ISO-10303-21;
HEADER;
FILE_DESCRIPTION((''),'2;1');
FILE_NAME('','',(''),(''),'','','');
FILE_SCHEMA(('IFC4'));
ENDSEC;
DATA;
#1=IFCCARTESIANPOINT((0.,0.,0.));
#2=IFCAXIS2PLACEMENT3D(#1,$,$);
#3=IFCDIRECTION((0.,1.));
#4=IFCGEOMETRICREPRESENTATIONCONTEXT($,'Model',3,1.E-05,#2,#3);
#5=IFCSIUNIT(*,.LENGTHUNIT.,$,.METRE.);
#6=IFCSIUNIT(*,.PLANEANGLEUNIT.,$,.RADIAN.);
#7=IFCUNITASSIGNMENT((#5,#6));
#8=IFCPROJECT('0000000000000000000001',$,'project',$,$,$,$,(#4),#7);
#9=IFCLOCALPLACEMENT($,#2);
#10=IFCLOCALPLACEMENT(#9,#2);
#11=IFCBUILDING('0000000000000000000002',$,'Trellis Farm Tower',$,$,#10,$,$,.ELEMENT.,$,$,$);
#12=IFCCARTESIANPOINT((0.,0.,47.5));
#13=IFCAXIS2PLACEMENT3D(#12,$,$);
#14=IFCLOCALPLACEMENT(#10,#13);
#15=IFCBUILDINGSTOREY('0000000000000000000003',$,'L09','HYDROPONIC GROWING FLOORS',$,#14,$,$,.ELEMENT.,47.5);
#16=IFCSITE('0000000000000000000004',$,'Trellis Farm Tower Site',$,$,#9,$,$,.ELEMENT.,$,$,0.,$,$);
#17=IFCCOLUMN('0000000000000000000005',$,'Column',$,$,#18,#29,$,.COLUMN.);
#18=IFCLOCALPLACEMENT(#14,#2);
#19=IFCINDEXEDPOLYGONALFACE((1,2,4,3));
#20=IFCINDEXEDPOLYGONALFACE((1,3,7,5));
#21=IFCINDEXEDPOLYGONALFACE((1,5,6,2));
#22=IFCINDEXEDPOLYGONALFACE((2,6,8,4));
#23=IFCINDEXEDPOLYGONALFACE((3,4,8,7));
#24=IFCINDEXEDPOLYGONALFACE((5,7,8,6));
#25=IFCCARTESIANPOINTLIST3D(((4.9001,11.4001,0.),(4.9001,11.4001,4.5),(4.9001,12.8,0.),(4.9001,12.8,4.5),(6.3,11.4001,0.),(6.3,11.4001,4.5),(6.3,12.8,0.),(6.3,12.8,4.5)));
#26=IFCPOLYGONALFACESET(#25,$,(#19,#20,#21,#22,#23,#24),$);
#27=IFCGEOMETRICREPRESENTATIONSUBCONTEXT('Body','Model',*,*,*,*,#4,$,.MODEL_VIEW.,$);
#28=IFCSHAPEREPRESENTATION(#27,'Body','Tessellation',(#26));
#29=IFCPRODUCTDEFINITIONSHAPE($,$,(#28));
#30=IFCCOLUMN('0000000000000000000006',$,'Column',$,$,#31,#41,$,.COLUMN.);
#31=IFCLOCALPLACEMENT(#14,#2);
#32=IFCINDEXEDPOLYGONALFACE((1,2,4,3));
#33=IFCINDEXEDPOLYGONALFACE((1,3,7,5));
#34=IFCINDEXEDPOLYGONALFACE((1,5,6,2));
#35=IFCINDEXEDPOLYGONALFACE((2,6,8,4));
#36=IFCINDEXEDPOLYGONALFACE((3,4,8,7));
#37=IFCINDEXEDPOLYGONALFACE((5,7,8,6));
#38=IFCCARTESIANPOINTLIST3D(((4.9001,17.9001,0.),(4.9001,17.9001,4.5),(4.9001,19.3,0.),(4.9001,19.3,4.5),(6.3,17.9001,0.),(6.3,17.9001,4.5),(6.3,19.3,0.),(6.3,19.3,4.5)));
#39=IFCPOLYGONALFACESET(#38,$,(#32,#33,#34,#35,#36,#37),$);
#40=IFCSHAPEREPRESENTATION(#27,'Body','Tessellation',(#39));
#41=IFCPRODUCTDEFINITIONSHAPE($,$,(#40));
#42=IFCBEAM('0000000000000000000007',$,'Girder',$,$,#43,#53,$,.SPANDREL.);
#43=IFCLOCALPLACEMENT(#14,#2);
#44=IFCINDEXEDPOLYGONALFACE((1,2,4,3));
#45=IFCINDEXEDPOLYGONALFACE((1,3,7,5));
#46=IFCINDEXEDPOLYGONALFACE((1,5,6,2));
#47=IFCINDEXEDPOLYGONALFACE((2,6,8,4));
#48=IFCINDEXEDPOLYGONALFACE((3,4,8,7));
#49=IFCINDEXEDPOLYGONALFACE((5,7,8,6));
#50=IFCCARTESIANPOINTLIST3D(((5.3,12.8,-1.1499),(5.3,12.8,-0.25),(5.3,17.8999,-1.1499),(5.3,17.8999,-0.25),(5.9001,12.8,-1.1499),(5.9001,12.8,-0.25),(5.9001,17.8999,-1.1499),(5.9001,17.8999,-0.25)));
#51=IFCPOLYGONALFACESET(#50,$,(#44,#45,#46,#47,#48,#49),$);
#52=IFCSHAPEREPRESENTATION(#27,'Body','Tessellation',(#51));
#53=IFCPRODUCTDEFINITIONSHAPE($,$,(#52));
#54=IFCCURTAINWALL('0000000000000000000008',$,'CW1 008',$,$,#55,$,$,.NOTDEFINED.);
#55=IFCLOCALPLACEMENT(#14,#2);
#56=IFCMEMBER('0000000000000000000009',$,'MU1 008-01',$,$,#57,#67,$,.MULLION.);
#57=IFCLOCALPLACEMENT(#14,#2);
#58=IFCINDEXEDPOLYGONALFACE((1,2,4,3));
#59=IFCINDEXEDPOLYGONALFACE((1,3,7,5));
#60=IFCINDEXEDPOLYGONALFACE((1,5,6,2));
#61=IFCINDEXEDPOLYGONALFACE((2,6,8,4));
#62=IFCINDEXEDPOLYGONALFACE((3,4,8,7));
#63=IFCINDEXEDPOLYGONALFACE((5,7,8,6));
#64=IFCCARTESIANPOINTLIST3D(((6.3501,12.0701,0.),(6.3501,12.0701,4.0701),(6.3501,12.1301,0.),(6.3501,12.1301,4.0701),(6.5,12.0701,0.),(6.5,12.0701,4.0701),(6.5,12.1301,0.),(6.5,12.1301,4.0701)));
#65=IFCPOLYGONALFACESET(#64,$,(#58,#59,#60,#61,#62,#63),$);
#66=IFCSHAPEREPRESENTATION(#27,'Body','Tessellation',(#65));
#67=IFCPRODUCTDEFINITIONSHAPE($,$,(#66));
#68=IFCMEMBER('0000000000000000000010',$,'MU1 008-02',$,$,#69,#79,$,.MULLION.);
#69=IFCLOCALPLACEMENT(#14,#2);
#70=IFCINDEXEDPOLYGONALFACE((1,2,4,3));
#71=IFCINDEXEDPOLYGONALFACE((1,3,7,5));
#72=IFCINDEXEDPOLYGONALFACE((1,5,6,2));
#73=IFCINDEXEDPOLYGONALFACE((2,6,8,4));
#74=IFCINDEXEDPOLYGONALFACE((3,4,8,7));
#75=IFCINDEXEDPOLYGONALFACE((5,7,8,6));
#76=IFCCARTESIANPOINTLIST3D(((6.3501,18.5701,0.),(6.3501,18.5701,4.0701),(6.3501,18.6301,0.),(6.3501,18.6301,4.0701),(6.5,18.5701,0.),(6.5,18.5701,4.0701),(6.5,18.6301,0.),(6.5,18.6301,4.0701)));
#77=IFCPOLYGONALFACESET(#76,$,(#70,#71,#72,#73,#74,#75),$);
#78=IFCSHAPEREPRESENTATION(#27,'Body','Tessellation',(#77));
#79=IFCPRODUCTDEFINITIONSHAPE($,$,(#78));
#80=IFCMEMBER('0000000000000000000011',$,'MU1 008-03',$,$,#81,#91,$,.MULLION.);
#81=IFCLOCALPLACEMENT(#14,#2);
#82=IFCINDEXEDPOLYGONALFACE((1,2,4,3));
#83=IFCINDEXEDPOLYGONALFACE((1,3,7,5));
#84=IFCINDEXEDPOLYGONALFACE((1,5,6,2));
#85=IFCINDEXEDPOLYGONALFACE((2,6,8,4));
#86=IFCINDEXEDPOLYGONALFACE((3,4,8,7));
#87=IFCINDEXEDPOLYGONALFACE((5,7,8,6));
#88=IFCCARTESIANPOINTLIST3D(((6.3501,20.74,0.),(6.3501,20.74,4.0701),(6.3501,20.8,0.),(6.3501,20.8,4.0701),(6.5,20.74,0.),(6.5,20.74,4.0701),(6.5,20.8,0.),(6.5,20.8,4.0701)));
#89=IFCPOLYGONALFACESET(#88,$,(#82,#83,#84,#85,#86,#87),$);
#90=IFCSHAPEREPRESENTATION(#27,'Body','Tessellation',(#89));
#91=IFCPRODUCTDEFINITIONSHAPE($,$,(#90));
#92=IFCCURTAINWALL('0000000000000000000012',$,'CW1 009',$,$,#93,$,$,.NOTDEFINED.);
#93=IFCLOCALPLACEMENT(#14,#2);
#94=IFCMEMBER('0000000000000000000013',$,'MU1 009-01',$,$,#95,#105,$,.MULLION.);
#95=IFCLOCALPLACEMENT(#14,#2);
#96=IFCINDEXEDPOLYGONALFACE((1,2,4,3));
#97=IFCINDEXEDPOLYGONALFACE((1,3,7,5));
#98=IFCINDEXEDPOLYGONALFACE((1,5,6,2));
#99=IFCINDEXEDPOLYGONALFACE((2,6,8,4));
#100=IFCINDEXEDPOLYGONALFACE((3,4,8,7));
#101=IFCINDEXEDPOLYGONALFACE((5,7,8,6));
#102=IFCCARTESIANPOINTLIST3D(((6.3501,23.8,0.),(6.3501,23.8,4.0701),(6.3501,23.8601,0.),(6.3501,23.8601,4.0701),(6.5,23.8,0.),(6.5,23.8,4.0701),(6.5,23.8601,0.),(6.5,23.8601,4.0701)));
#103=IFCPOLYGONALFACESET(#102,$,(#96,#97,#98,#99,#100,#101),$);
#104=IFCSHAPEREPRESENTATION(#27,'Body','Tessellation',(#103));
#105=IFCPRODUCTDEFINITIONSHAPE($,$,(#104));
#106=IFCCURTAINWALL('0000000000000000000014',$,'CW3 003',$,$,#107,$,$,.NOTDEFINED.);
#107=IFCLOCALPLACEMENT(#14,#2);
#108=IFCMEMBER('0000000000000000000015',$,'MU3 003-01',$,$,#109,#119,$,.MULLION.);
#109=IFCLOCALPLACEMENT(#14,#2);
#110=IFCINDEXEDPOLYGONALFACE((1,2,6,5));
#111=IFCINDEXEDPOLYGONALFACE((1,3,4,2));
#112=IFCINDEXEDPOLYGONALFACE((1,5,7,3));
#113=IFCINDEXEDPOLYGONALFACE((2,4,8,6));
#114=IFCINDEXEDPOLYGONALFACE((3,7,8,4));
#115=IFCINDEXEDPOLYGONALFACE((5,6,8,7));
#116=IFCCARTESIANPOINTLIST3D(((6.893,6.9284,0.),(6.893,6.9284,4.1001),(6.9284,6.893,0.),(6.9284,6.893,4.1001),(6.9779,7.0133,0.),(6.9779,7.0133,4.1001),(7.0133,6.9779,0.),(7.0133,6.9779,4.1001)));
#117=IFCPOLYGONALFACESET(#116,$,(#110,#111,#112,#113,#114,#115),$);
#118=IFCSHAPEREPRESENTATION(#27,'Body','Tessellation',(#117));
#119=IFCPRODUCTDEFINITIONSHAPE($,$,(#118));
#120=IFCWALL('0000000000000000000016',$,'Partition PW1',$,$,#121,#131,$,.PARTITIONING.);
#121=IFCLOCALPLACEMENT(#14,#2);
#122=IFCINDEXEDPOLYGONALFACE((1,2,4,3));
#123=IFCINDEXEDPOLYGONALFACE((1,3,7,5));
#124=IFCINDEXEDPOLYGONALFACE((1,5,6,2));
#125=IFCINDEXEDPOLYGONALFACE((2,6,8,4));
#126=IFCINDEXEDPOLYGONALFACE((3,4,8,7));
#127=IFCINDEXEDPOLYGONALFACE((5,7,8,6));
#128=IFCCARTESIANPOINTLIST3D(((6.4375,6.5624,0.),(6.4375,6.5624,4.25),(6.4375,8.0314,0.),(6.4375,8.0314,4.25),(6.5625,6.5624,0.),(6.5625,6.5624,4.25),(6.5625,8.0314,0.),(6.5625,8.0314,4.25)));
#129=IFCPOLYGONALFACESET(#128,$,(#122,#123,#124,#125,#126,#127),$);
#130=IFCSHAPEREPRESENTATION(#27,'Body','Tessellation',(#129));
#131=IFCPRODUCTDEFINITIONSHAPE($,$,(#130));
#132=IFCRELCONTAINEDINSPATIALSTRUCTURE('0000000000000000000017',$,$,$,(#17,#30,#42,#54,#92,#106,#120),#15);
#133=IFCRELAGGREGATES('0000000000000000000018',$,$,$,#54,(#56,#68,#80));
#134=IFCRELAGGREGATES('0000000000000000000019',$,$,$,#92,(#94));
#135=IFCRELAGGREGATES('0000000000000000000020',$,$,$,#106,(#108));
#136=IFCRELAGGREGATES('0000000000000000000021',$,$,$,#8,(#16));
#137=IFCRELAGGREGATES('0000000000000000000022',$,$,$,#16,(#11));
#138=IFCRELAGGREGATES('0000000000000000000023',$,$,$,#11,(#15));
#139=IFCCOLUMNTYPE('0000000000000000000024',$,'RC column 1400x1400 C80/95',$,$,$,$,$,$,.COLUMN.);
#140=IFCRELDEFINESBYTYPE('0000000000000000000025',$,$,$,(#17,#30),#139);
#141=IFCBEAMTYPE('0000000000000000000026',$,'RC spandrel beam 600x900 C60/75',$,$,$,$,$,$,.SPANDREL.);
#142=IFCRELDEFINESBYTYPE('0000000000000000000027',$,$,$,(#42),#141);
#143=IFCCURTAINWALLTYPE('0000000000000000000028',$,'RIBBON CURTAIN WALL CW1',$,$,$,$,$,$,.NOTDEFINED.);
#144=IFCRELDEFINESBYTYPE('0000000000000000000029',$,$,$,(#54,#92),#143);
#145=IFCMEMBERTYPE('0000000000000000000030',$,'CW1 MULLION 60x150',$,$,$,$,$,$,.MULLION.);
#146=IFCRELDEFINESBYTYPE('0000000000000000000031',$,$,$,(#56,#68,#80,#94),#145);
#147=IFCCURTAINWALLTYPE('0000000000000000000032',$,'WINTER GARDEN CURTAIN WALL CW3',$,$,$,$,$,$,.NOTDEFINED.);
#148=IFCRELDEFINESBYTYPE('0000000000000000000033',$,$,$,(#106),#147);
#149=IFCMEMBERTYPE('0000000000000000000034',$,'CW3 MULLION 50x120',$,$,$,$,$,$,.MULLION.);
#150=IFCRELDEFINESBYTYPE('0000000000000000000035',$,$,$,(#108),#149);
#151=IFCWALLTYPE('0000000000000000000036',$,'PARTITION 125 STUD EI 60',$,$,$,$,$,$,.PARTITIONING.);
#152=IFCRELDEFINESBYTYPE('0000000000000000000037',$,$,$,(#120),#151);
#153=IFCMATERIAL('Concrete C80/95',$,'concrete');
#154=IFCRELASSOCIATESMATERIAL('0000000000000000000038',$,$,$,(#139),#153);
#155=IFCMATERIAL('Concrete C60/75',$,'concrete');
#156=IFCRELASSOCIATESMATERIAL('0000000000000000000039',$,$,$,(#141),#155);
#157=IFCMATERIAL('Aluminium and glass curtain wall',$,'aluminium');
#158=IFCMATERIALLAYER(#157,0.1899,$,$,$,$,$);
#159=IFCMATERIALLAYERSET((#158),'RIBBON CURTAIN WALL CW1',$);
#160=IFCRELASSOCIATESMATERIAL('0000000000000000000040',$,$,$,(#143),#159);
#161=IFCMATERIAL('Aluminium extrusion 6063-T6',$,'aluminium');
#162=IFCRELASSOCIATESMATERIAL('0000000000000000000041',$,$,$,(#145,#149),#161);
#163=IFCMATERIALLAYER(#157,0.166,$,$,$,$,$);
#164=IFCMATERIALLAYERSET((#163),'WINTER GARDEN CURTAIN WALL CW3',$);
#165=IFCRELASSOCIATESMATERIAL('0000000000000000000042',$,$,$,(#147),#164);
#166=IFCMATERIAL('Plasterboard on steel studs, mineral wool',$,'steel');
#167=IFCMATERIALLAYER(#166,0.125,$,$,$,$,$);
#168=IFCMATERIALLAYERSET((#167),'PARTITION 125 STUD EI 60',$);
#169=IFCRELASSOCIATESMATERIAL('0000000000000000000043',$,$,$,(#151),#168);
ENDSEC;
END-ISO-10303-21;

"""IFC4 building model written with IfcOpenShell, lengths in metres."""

from ifc_helpers import new_model, si_unit, direction, frame, frame_2d, origin, origin_2d, place, context, subcontext, project, spatial, rectangle, extrude, source, transform, mapped, material, layer, layer_set, material_profile, profile_set, type_object, element, aggregate, save


model = new_model("IFC4")

# Units and contexts
model_context = context("Model", 3, precision=1e-05, world=origin(), true_north=direction((0.0, 1.0)))
body_context = subcontext(model_context, "Body", "Model", "MODEL_VIEW")
ifc_project = project(units=[si_unit("LENGTHUNIT", "METRE"), si_unit("PLANEANGLEUNIT", "RADIAN")], contexts=[model_context])

# Site, building, storey
site_placement = place(None, origin())
site = spatial("IfcSite", under=ifc_project, at=site_placement, Name="Trellis Farm Tower Site", CompositionType="ELEMENT", RefElevation=0.0)
building_placement = place(site_placement, origin())
building = spatial("IfcBuilding", under=site, at=building_placement, Name="Trellis Farm Tower", CompositionType="ELEMENT")
storey_placement = place(building_placement, frame((0.0, 0.0, 47.5)))
storey = spatial("IfcBuildingStorey", under=building, at=storey_placement, Name="L09", Description="HYDROPONIC GROWING FLOORS", CompositionType="ELEMENT", Elevation=47.5)

# Columns
ifc_material_1 = material(Name="Concrete C80/95", Category="concrete")
ifc_material_profile_1 = material_profile(ifc_material_1, rectangle(XDim=1.3999, YDim=1.3999, at=origin_2d()), Name="RC column 1400x1400 C80/95")
ifc_profile_set_1 = profile_set([ifc_material_profile_1], Name="Concrete C80/95")
column_type = type_object("IfcColumnType", Name="RC column 1400x1400 C80/95", PredefinedType="COLUMN", material=ifc_profile_set_1)
shared_shape_1 = source(origin(), body_context, "Body", "SweptSolid", [
    extrude(rectangle(XDim=1.3999, YDim=1.3999, at=origin_2d()), origin(), (0.0, 0.0, 1.0), 4.5),
])
for number, where, z_axis, x_axis, name in (
    (1, (5.6001, 12.1001, 0.0), (0.0, 0.0, 1.0), (1.0, 0.0, 0.0), "Column"),
    (2, (5.6001, 18.6001, 0.0), (0.0, 0.0, 1.0), (1.0, 0.0, 0.0), "Column"),
):
    element("IfcColumn", number, at=place(storey_placement, frame(where, z_axis=z_axis, x_axis=x_axis)), inside=storey, type_object=column_type, Name=name, PredefinedType="COLUMN", context=body_context, shape_type="MappedRepresentation", body=[
        mapped(shared_shape_1, transform((0.0, 0.0, 0.0))),
    ])

# Beam
ifc_material_2 = material(Name="Concrete C60/75", Category="concrete")
ifc_material_profile_2 = material_profile(ifc_material_2, rectangle(XDim=0.6001, YDim=0.8999, at=origin_2d()), Name="RC spandrel beam 600x900 C60/75")
ifc_profile_set_2 = profile_set([ifc_material_profile_2], Name="Concrete C60/75")
beam_type = type_object("IfcBeamType", Name="RC spandrel beam 600x900 C60/75", PredefinedType="SPANDREL", material=ifc_profile_set_2)
shared_shape_2 = source(origin(), body_context, "Body", "SweptSolid", [
    extrude(rectangle(XDim=0.6001, YDim=0.8999, at=origin_2d()), origin(), (0.0, 0.0, 1.0), 5.0999),
])
beam_placement = place(storey_placement, frame((5.6001, 12.8, -0.7), z_axis=(0.0, 1.0, 0.0), x_axis=(-1.0, 0.0, 0.0)))
element("IfcBeam", 3, at=beam_placement, inside=storey, type_object=beam_type, Name="Girder", PredefinedType="SPANDREL", context=body_context, shape_type="MappedRepresentation", body=[
    mapped(shared_shape_2, transform((0.0, 0.0, 0.0))),
])

# Curtain wall, members
ifc_material_3 = material(Name="Aluminium and glass curtain wall", Category="aluminium")
ifc_layer_1 = layer(ifc_material_3, 0.1899)
ifc_layer_set_1 = layer_set([ifc_layer_1], Name="RIBBON CURTAIN WALL CW1")
curtain_wall_type_1 = type_object("IfcCurtainWallType", Name="RIBBON CURTAIN WALL CW1", PredefinedType="NOTDEFINED", material=ifc_layer_set_1)
placement = place(storey_placement, origin())
curtain_wall_1 = element("IfcCurtainWall", 4, at=placement, inside=storey, type_object=curtain_wall_type_1, Name="CW1 008", PredefinedType="NOTDEFINED")
ifc_material_4 = material(Name="Aluminium extrusion 6063-T6", Category="aluminium")
ifc_material_profile_3 = material_profile(ifc_material_4, rectangle(XDim=0.0601, YDim=0.1499, at=origin_2d()), Name="MULLION 60x150")
ifc_profile_set_3 = profile_set([ifc_material_profile_3], Name="Aluminium extrusion 6063-T6")
member_type_1 = type_object("IfcMemberType", Name="CW1 MULLION 60x150", PredefinedType="MULLION", material=ifc_profile_set_3)
shared_shape_3 = source(origin(), body_context, "Body", "SweptSolid", [
    extrude(rectangle(XDim=0.0601, YDim=0.1499, at=origin_2d()), origin(), (0.0, 0.0, 1.0), 4.0701),
])
member_1_placement = place(storey_placement, frame((6.425, 12.1001, 0.0), z_axis=(0.0, 0.0, 1.0), x_axis=(0.0, 1.0, 0.0)))
member_1 = element("IfcMember", 5, at=member_1_placement, type_object=member_type_1, Name="MU1 008-01", PredefinedType="MULLION", context=body_context, shape_type="MappedRepresentation", body=[
    mapped(shared_shape_3, transform((0.0, 0.0, 0.0))),
])
member_2_placement = place(storey_placement, frame((6.425, 18.6001, 0.0), z_axis=(0.0, 0.0, 1.0), x_axis=(0.0, 1.0, 0.0)))
member_2 = element("IfcMember", 6, at=member_2_placement, type_object=member_type_1, Name="MU1 008-02", PredefinedType="MULLION", context=body_context, shape_type="MappedRepresentation", body=[
    mapped(shared_shape_3, transform((0.0, 0.0, 0.0))),
])
member_3_placement = place(storey_placement, frame((6.425, 20.77, 0.0), z_axis=(0.0, 0.0, 1.0), x_axis=(0.0, 1.0, 0.0)))
member_3 = element("IfcMember", 7, at=member_3_placement, type_object=member_type_1, Name="MU1 008-03", PredefinedType="MULLION", context=body_context, shape_type="MappedRepresentation", body=[
    mapped(shared_shape_3, transform((0.0, 0.0, 0.0))),
])
aggregate(curtain_wall_1, [member_1, member_2, member_3])

# Curtain walls, members
curtain_wall_2 = element("IfcCurtainWall", 8, at=placement, inside=storey, type_object=curtain_wall_type_1, Name="CW1 009", PredefinedType="NOTDEFINED")
member_4_placement = place(storey_placement, frame((6.425, 23.8301, 0.0), z_axis=(0.0, 0.0, 1.0), x_axis=(0.0, 1.0, 0.0)))
member_4 = element("IfcMember", 9, at=member_4_placement, type_object=member_type_1, Name="MU1 009-01", PredefinedType="MULLION", context=body_context, shape_type="MappedRepresentation", body=[
    mapped(shared_shape_3, transform((0.0, 0.0, 0.0))),
])
aggregate(curtain_wall_2, [member_4])
ifc_layer_2 = layer(ifc_material_3, 0.166)
ifc_layer_set_2 = layer_set([ifc_layer_2], Name="WINTER GARDEN CURTAIN WALL CW3")
curtain_wall_type_2 = type_object("IfcCurtainWallType", Name="WINTER GARDEN CURTAIN WALL CW3", PredefinedType="NOTDEFINED", material=ifc_layer_set_2)
curtain_wall_3 = element("IfcCurtainWall", 10, at=placement, inside=storey, type_object=curtain_wall_type_2, Name="CW3 003", PredefinedType="NOTDEFINED")
ifc_material_profile_4 = material_profile(ifc_material_4, rectangle(XDim=0.05, YDim=0.1201, at=origin_2d()), Name="MULLION 50x120")
ifc_profile_set_4 = profile_set([ifc_material_profile_4], Name="Aluminium extrusion 6063-T6")
member_type_2 = type_object("IfcMemberType", Name="CW3 MULLION 50x120", PredefinedType="MULLION", material=ifc_profile_set_4)
shared_shape_4 = source(origin(), body_context, "Body", "SweptSolid", [
    extrude(rectangle(XDim=0.05, YDim=0.1201, at=origin_2d()), origin(), (0.0, 0.0, 1.0), 4.1001),
])
member_5_placement = place(storey_placement, frame((6.9531, 6.9531, 0.0), z_axis=(0.0, 0.0, 1.0), x_axis=(-0.707107, 0.707107, 0.0)))
member_5 = element("IfcMember", 11, at=member_5_placement, type_object=member_type_2, Name="MU3 003-01", PredefinedType="MULLION", context=body_context, shape_type="MappedRepresentation", body=[
    mapped(shared_shape_4, transform((0.0, 0.0, 0.0))),
])
aggregate(curtain_wall_3, [member_5])

# Wall
ifc_material_5 = material(Name="Plasterboard on steel studs, mineral wool", Category="steel")
ifc_layer_3 = layer(ifc_material_5, 0.125)
ifc_layer_set_3 = layer_set([ifc_layer_3], Name="PARTITION 125 STUD EI 60")
wall_type_1 = type_object("IfcWallType", Name="PARTITION 125 STUD EI 60", PredefinedType="PARTITIONING", material=ifc_layer_set_3)
shared_shape_5 = source(origin(), body_context, "Body", "SweptSolid", [
    extrude(rectangle(XDim=1.469, YDim=0.125, at=frame_2d((0.7344, 0.0))), origin(), (0.0, 0.0, 1.0), 4.25),
])
wall_1_placement = place(storey_placement, frame((6.5, 6.5625, 0.0), z_axis=(0.0, 0.0, 1.0), x_axis=(0.0, 1.0, 0.0)))
element("IfcWall", 12, at=wall_1_placement, inside=storey, type_object=wall_type_1, Name="Partition PW1", PredefinedType="PARTITIONING", context=body_context, shape_type="MappedRepresentation", body=[
    mapped(shared_shape_5, transform((0.0, 0.0, 0.0))),
])

save(model, "model.ifc")
